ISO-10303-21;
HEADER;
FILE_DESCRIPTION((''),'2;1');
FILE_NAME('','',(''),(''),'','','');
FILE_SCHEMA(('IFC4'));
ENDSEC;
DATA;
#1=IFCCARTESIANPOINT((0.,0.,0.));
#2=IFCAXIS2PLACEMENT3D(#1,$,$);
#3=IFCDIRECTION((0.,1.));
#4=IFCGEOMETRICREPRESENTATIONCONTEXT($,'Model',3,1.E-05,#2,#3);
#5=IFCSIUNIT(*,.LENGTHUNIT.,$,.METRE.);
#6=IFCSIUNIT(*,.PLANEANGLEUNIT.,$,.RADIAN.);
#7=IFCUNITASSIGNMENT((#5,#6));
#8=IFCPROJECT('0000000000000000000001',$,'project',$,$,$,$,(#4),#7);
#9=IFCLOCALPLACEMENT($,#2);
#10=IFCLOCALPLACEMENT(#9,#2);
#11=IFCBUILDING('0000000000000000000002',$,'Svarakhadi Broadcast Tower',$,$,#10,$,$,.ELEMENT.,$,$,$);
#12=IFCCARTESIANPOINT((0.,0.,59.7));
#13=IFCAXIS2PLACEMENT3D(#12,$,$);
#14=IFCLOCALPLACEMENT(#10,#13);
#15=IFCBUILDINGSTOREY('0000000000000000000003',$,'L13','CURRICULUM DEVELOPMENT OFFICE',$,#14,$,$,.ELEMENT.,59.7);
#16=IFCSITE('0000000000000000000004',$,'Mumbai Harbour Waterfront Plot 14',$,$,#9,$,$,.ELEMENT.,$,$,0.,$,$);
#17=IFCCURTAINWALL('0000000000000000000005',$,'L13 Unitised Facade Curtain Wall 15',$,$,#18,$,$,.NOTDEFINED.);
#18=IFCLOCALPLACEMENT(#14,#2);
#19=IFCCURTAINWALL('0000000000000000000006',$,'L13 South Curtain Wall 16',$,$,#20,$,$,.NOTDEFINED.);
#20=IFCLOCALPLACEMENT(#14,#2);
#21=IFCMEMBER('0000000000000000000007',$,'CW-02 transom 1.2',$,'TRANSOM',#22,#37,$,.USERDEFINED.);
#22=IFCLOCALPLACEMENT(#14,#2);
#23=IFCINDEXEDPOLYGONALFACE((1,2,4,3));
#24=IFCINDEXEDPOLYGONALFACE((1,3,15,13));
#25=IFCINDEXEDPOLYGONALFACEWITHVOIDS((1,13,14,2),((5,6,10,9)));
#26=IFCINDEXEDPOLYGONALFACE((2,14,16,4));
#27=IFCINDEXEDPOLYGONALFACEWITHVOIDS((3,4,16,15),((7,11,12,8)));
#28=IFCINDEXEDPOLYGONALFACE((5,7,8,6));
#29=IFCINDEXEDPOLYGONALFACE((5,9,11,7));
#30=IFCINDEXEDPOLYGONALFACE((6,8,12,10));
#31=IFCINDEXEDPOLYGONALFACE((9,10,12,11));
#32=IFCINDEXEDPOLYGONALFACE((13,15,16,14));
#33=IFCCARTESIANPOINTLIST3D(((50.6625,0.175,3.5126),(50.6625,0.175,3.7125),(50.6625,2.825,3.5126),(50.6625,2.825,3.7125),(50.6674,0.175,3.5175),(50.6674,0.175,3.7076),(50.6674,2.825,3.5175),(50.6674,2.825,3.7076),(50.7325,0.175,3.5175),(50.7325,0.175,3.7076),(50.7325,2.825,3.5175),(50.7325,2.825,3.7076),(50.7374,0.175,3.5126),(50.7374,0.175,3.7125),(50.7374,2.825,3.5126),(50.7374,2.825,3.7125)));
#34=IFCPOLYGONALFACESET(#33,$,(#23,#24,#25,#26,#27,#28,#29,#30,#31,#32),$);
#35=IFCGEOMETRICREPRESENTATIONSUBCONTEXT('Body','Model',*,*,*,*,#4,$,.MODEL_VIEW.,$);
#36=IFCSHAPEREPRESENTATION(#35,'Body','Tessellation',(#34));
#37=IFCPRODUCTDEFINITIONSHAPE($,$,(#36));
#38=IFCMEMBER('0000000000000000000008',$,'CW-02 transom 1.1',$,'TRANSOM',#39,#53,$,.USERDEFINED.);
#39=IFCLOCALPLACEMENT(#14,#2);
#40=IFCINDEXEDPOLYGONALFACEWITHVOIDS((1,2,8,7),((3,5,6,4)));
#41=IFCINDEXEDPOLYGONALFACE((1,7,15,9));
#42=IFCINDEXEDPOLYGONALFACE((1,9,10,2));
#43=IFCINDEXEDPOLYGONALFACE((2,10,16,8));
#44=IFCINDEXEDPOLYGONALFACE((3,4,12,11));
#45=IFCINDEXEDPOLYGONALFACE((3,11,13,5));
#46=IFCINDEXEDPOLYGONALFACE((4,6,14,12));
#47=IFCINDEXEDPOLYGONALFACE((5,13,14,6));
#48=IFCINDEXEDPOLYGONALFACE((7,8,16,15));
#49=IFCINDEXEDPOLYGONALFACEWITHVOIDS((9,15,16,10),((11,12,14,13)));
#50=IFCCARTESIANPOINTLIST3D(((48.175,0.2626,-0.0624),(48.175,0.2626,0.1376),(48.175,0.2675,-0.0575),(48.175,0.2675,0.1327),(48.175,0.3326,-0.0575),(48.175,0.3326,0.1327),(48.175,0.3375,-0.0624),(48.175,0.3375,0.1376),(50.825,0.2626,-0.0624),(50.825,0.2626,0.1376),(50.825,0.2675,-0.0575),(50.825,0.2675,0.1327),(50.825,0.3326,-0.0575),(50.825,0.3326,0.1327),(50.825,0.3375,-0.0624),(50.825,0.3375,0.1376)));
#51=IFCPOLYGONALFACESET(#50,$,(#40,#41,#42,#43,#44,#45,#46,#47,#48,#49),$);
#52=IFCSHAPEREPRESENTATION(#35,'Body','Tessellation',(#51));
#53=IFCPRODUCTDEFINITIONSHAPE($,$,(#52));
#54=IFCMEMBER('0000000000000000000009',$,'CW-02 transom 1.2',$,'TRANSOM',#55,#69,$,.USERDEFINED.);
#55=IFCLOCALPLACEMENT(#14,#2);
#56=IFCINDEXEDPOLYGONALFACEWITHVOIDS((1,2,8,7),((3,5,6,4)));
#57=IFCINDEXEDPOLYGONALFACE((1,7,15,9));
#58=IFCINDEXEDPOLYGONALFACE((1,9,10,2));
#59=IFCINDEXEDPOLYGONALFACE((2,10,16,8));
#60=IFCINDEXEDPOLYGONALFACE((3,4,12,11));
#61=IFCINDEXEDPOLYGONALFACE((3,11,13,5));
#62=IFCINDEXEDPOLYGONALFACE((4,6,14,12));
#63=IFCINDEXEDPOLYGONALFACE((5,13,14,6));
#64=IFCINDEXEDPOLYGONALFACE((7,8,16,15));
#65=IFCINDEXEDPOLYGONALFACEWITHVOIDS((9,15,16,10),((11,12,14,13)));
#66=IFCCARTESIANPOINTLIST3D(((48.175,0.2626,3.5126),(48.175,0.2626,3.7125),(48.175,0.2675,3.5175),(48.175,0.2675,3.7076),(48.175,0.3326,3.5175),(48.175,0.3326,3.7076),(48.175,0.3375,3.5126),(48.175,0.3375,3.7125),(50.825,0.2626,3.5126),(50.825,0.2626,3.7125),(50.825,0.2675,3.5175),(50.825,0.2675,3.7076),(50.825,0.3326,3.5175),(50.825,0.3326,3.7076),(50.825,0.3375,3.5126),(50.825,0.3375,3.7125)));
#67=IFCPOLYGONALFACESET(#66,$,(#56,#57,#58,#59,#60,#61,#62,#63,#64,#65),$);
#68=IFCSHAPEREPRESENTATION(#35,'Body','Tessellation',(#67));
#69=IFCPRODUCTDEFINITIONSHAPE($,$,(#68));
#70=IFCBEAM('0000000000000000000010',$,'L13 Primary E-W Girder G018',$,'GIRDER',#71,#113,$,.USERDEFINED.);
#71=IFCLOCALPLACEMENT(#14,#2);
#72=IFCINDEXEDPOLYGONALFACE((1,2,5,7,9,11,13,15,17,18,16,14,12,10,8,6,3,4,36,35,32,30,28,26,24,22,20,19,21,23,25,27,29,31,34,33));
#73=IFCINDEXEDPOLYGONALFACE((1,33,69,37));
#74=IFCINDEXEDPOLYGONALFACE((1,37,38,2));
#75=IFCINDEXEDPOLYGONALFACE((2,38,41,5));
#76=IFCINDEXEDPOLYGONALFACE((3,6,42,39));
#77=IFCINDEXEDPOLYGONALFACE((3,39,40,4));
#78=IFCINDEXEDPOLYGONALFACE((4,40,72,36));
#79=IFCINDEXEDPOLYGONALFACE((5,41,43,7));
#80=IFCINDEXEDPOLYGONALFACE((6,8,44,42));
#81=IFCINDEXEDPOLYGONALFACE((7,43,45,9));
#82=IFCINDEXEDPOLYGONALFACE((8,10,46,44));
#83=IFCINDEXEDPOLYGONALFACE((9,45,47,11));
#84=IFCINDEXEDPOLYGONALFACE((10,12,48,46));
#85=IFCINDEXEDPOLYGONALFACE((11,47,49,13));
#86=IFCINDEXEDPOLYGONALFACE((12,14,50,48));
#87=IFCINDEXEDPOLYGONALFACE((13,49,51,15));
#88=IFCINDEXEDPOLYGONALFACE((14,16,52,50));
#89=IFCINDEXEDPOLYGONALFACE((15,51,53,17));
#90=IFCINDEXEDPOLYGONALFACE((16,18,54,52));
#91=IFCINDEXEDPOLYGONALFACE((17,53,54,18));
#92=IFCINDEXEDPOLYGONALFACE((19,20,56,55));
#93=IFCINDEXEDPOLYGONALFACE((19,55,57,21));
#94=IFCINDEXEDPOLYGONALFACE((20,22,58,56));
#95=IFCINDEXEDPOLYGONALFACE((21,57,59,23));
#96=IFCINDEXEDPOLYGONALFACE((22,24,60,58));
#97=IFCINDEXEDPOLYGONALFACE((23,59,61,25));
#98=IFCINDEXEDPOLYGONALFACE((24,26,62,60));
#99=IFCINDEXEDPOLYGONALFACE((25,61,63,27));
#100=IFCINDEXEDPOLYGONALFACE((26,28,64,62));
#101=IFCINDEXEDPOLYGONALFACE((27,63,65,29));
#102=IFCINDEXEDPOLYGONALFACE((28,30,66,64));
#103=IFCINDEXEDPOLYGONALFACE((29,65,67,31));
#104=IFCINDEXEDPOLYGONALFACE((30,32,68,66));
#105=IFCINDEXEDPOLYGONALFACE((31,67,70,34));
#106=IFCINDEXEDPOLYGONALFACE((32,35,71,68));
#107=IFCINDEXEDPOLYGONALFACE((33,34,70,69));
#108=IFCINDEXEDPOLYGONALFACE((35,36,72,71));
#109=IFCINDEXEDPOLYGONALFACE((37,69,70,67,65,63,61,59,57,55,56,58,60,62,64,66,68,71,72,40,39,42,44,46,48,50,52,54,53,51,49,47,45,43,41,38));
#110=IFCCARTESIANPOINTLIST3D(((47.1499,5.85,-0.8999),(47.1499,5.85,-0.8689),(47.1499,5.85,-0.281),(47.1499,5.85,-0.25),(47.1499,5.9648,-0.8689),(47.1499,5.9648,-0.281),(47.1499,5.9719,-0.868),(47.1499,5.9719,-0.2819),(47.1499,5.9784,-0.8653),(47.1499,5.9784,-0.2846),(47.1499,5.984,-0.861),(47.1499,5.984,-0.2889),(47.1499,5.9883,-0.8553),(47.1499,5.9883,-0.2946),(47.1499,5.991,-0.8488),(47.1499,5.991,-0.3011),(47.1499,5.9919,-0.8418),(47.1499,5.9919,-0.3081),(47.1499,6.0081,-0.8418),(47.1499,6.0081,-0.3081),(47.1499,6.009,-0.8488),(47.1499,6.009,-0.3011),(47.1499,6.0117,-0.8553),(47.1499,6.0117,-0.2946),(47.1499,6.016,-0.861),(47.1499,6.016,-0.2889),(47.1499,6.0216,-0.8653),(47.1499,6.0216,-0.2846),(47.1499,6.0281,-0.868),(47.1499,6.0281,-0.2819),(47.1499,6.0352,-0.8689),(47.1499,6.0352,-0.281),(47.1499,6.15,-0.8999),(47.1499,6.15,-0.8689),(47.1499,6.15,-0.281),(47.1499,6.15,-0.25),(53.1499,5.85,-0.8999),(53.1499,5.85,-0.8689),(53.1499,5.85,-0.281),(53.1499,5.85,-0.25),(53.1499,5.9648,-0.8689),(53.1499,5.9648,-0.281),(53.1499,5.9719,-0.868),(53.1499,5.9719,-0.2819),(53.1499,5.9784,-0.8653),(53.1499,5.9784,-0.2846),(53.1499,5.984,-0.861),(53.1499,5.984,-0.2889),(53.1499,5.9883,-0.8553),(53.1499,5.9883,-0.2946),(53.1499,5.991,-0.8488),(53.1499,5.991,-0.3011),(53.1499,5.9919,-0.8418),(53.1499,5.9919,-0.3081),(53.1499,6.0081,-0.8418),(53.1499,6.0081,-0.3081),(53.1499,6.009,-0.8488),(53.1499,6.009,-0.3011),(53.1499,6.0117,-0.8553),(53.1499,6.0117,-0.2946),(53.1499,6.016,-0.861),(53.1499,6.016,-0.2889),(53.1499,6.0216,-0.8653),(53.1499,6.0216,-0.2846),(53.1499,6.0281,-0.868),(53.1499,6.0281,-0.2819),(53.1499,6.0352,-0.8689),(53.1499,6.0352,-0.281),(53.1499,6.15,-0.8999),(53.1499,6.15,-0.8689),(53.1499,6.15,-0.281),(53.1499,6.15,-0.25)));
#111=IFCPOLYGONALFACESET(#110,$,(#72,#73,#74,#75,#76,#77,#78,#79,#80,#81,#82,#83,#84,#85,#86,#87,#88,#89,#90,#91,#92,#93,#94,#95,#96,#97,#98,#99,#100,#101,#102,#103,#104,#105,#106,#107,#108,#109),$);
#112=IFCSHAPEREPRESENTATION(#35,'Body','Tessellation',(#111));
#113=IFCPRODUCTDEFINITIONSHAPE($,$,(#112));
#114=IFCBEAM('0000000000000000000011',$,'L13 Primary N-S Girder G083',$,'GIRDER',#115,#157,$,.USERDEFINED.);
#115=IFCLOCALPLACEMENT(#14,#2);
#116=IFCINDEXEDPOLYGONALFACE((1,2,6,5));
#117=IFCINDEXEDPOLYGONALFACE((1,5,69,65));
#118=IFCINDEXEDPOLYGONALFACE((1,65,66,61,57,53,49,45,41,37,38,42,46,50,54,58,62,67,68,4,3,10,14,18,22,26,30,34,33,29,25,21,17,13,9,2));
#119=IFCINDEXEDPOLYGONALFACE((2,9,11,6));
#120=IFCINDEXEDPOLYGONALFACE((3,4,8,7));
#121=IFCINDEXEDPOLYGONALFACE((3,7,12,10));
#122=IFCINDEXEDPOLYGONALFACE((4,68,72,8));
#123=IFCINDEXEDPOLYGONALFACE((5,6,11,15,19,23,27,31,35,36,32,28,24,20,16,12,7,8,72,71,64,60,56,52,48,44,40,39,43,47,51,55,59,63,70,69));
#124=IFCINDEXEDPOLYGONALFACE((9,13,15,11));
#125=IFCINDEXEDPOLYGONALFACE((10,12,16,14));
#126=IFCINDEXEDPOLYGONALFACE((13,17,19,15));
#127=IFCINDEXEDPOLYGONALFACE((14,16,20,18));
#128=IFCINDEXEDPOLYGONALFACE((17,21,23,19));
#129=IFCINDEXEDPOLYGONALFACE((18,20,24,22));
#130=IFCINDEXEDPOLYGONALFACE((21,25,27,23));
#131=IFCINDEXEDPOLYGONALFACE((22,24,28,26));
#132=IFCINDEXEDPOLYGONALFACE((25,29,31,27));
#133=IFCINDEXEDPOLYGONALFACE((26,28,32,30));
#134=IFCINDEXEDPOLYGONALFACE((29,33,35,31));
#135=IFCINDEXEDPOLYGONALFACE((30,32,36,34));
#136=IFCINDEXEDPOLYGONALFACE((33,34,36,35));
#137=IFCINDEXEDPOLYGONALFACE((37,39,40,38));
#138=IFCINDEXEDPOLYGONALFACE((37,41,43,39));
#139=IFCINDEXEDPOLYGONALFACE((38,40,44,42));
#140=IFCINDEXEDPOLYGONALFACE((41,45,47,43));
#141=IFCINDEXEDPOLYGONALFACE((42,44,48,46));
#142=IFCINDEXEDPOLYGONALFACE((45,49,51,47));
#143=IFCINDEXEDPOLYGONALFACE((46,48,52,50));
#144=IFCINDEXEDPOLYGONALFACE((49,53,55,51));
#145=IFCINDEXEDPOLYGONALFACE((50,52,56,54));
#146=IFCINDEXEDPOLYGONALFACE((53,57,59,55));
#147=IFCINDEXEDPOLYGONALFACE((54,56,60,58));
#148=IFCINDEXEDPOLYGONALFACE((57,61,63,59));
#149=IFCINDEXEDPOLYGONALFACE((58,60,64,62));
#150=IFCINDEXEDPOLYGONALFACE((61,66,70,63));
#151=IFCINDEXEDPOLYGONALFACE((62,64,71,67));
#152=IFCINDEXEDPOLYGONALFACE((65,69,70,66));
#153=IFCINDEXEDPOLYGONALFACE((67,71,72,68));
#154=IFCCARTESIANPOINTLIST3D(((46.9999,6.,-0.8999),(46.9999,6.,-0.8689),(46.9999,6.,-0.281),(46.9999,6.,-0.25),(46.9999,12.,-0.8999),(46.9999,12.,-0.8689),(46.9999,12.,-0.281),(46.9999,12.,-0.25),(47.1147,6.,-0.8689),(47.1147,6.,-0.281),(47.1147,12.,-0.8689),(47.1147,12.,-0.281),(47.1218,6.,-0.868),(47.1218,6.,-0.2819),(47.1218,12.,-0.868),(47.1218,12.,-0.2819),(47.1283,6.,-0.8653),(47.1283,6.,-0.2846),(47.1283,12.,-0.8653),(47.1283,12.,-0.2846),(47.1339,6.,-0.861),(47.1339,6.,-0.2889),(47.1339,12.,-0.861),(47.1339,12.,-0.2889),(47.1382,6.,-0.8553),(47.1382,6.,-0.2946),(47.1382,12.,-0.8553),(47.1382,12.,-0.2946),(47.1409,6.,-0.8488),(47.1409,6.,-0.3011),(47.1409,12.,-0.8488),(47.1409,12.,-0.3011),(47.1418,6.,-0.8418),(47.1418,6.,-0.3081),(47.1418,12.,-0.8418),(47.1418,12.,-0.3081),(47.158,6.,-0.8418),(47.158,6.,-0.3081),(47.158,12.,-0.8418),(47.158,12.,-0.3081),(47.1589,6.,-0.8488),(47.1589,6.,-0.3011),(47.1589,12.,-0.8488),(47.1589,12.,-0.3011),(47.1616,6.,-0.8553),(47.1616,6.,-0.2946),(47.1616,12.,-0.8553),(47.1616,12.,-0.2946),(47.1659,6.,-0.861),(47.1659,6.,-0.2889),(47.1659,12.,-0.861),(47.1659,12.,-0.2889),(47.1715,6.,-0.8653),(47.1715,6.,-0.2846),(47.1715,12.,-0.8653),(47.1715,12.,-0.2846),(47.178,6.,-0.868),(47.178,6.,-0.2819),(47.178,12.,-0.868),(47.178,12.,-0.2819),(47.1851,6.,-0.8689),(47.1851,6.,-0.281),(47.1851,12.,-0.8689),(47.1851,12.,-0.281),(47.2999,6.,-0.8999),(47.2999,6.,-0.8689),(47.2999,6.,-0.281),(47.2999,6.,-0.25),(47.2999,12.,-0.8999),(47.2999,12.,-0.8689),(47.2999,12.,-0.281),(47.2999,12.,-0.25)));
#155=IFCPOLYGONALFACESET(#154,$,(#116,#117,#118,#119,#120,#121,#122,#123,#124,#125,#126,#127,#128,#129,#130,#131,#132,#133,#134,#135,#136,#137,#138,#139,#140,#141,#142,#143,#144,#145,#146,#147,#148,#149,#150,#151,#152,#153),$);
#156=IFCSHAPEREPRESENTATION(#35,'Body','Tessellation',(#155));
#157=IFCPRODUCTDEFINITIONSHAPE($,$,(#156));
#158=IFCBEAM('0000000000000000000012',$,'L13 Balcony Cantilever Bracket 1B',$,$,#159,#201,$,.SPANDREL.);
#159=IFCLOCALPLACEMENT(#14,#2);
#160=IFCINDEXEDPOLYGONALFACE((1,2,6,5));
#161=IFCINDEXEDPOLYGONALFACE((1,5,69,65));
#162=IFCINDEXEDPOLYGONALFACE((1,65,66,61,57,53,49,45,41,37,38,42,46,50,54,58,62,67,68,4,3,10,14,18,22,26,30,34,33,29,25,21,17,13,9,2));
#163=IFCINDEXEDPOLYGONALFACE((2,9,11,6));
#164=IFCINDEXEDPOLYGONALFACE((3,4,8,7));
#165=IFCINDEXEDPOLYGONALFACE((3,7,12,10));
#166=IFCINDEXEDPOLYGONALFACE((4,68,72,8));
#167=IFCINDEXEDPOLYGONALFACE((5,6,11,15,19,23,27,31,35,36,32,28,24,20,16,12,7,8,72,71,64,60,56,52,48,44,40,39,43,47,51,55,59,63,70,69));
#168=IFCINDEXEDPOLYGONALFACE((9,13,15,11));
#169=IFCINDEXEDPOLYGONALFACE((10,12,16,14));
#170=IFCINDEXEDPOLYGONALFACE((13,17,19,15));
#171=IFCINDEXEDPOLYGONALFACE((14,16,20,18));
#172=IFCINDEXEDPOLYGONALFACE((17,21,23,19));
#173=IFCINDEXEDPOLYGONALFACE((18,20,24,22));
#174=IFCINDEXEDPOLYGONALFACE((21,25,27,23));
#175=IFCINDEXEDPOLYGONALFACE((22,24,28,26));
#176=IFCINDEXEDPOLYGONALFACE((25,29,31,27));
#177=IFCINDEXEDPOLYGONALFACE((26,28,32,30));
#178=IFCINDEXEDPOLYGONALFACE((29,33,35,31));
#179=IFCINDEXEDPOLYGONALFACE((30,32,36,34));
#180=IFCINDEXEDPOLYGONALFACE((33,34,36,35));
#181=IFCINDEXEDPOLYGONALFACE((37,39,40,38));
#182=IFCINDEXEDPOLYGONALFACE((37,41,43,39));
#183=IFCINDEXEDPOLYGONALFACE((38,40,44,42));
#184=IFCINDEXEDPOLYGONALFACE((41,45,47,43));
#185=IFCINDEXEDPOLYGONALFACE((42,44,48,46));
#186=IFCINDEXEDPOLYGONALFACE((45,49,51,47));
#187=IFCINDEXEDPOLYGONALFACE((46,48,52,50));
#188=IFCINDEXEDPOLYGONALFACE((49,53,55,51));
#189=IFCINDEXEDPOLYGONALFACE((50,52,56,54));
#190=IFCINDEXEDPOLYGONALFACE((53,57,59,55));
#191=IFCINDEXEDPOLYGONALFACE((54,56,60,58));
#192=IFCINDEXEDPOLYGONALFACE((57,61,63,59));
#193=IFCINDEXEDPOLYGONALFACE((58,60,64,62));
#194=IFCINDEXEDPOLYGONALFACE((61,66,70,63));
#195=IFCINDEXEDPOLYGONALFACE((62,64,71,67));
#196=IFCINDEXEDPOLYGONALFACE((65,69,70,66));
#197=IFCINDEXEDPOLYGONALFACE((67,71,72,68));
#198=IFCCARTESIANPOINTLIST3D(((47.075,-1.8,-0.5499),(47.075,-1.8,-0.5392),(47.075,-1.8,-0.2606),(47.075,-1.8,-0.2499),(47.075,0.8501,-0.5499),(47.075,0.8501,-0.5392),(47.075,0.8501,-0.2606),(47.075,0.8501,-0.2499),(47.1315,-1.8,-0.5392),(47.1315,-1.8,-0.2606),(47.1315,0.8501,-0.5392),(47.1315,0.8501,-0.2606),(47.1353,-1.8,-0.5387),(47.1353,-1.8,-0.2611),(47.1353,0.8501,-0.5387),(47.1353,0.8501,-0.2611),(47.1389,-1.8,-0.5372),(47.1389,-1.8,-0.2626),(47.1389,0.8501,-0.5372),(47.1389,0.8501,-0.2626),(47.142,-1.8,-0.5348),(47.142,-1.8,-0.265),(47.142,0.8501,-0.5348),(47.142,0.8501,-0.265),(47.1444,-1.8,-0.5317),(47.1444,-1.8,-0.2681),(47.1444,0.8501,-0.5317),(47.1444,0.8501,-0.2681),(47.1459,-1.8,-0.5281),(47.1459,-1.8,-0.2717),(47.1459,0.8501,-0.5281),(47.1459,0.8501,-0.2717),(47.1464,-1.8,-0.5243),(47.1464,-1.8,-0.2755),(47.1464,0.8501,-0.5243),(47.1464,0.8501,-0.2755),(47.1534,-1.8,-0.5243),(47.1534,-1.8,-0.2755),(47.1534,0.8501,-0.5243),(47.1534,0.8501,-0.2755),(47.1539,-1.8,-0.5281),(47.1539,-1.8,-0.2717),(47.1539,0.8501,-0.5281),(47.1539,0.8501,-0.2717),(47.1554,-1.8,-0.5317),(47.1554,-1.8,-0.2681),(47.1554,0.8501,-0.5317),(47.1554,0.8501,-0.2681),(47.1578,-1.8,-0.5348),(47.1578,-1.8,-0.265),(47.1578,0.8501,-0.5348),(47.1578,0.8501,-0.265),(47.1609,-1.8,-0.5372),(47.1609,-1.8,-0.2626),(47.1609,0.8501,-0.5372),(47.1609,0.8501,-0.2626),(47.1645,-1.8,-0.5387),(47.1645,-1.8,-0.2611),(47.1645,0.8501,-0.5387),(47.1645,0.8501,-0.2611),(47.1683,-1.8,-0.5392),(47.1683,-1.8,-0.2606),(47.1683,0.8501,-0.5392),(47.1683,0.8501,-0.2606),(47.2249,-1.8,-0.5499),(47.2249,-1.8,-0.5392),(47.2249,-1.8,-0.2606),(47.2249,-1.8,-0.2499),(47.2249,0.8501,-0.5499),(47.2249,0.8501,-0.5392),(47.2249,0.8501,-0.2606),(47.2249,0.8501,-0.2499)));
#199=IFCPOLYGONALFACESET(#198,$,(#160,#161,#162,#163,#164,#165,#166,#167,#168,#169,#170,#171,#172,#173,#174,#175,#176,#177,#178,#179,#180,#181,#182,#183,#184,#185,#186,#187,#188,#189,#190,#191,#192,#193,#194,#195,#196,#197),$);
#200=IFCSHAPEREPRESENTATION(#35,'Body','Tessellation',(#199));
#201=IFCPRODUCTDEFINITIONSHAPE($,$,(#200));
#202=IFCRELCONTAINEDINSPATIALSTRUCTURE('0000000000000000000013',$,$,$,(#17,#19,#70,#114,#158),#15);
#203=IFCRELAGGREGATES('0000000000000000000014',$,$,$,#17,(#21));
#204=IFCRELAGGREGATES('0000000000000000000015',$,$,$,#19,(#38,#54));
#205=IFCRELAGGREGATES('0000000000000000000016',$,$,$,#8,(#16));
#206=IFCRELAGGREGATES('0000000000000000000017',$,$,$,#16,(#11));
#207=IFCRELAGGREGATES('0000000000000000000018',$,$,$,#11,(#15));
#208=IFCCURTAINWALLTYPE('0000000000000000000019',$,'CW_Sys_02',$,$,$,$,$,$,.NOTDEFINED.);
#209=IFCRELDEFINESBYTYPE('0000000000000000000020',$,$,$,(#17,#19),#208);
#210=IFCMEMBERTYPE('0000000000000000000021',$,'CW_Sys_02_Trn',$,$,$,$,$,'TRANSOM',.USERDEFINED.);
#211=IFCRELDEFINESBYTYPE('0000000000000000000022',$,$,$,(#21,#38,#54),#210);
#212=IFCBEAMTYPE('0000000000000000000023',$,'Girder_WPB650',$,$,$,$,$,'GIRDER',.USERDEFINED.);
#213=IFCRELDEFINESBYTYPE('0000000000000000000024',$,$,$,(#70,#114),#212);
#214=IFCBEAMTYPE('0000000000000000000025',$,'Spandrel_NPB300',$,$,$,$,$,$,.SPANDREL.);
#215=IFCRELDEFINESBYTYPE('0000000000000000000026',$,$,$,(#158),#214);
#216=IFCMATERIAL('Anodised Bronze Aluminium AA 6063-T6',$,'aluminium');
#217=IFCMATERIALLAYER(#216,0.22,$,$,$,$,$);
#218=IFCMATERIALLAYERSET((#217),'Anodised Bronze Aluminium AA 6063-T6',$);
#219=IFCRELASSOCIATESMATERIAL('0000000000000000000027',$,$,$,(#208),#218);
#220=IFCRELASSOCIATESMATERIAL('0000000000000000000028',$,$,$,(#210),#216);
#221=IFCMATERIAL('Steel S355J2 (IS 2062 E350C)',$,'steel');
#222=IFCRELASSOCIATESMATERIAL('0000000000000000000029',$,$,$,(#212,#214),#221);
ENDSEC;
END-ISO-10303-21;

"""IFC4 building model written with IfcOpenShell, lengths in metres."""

from ifc_helpers import new_model, si_unit, direction, frame, origin, origin_2d, place, context, subcontext, project, spatial, hollow_rectangle, i_section, extrude, material, layer, layer_set, material_profile, profile_set, type_object, element, aggregate, save


model = new_model("IFC4")

# Units and contexts
model_context = context("Model", 3, precision=1e-05, world=origin(), true_north=direction((0.0, 1.0)))
body_context = subcontext(model_context, "Body", "Model", "MODEL_VIEW")
ifc_project = project(units=[si_unit("LENGTHUNIT", "METRE"), si_unit("PLANEANGLEUNIT", "RADIAN")], contexts=[model_context])

# Site, building, storey
site_placement = place(None, origin())
site = spatial("IfcSite", under=ifc_project, at=site_placement, Name="Mumbai Harbour Waterfront Plot 14", CompositionType="ELEMENT", RefElevation=0.0)
building_placement = place(site_placement, origin())
building = spatial("IfcBuilding", under=site, at=building_placement, Name="Svarakhadi Broadcast Tower", CompositionType="ELEMENT")
storey_placement = place(building_placement, frame((0.0, 0.0, 59.7)))
storey = spatial("IfcBuildingStorey", under=building, at=storey_placement, Name="L13", Description="CURRICULUM DEVELOPMENT OFFICE", CompositionType="ELEMENT", Elevation=59.7)

# Curtain walls
ifc_material_1 = material(Name="Anodised Bronze Aluminium AA 6063-T6", Category="aluminium")
ifc_layer_1 = layer(ifc_material_1, 0.22)
ifc_layer_set_1 = layer_set([ifc_layer_1], Name="Anodised Bronze Aluminium AA 6063-T6")
curtain_wall_type = type_object("IfcCurtainWallType", Name="CW_Sys_02", PredefinedType="NOTDEFINED", material=ifc_layer_set_1)
curtain_wall_1_placement = place(storey_placement, origin())
curtain_wall_1 = element("IfcCurtainWall", 1, at=curtain_wall_1_placement, inside=storey, type_object=curtain_wall_type, Name="L13 Unitised Facade Curtain Wall 15", PredefinedType="NOTDEFINED")
curtain_wall_2_placement = place(storey_placement, origin())
curtain_wall_2 = element("IfcCurtainWall", 2, at=curtain_wall_2_placement, inside=storey, type_object=curtain_wall_type, Name="L13 South Curtain Wall 16", PredefinedType="NOTDEFINED")

# Members
ifc_material_profile_1 = material_profile(ifc_material_1, hollow_rectangle(XDim=0.075, YDim=0.2, WallThickness=0.0049, at=origin_2d()), Name="ALU TRANSOM 200x75x5")
ifc_profile_set_1 = profile_set([ifc_material_profile_1], Name="Anodised Bronze Aluminium AA 6063-T6")
member_type_1 = type_object("IfcMemberType", Name="CW_Sys_02_Trn", ElementType="TRANSOM", PredefinedType="USERDEFINED", material=ifc_profile_set_1)
member_1_placement = place(storey_placement, frame((50.7, 2.825, 3.6125), z_axis=(0.0, -1.0, 0.0), x_axis=(1.0, 0.0, 0.0)))
member_1 = element("IfcMember", 3, at=member_1_placement, type_object=member_type_1, Name="CW-02 transom 1.2", ObjectType="TRANSOM", PredefinedType="USERDEFINED", context=body_context, shape_type="SweptSolid", body=[
    extrude(hollow_rectangle(XDim=0.075, YDim=0.2, WallThickness=0.0049, at=origin_2d()), origin(), (0.0, 0.0, 1.0), 2.6499),
])
member_2_placement = place(storey_placement, frame((50.825, 0.3, 0.0376), z_axis=(-1.0, 0.0, 0.0), x_axis=(0.0, -1.0, 0.0)))
member_2 = element("IfcMember", 4, at=member_2_placement, type_object=member_type_1, Name="CW-02 transom 1.1", ObjectType="TRANSOM", PredefinedType="USERDEFINED", context=body_context, shape_type="SweptSolid", body=[
    extrude(hollow_rectangle(XDim=0.075, YDim=0.2, WallThickness=0.0049, at=origin_2d()), origin(), (0.0, 0.0, 1.0), 2.6499),
])
member_3_placement = place(storey_placement, frame((50.825, 0.3, 3.6125), z_axis=(-1.0, 0.0, 0.0), x_axis=(0.0, -1.0, 0.0)))
member_3 = element("IfcMember", 5, at=member_3_placement, type_object=member_type_1, Name="CW-02 transom 1.2", ObjectType="TRANSOM", PredefinedType="USERDEFINED", context=body_context, shape_type="SweptSolid", body=[
    extrude(hollow_rectangle(XDim=0.075, YDim=0.2, WallThickness=0.0049, at=origin_2d()), origin(), (0.0, 0.0, 1.0), 2.6499),
])

# Beams
ifc_material_2 = material(Name="Steel S355J2 (IS 2062 E350C)", Category="steel")
ifc_material_profile_2 = material_profile(ifc_material_2, i_section(OverallWidth=0.3, OverallDepth=0.6499, WebThickness=0.0161, FlangeThickness=0.031, FilletRadius=0.0271, at=origin_2d()), Name="WPB 650x300x225")
ifc_profile_set_2 = profile_set([ifc_material_profile_2], Name="Steel S355J2 (IS 2062 E350C)")
beam_type_1 = type_object("IfcBeamType", Name="Girder_WPB650", ElementType="GIRDER", PredefinedType="USERDEFINED", material=ifc_profile_set_2)
for number, where, z_axis, x_axis, name in (
    (6, (47.1499, 6.0, -0.575), (1.0, 0.0, 0.0), (0.0, 1.0, 0.0), "L13 Primary E-W Girder G018"),
    (7, (47.1499, 6.0, -0.575), (0.0, 1.0, 0.0), (-1.0, 0.0, 0.0), "L13 Primary N-S Girder G083"),
):
    element("IfcBeam", number, at=place(storey_placement, frame(where, z_axis=z_axis, x_axis=x_axis)), inside=storey, type_object=beam_type_1, Name=name, ObjectType="GIRDER", PredefinedType="USERDEFINED", context=body_context, shape_type="SweptSolid", body=[
        extrude(i_section(OverallWidth=0.3, OverallDepth=0.6499, WebThickness=0.0161, FlangeThickness=0.031, FilletRadius=0.0271, at=origin_2d()), origin(), (0.0, 0.0, 1.0), 6.0),
    ])
ifc_material_profile_3 = material_profile(ifc_material_2, i_section(OverallWidth=0.1499, OverallDepth=0.3, WebThickness=0.0071, FlangeThickness=0.0107, FilletRadius=0.0149, at=origin_2d()), Name="NPB 300x150x37")
ifc_profile_set_3 = profile_set([ifc_material_profile_3], Name="Steel S355J2 (IS 2062 E350C)")
beam_type_2 = type_object("IfcBeamType", Name="Spandrel_NPB300", PredefinedType="SPANDREL", material=ifc_profile_set_3)
beam_placement = place(storey_placement, frame((47.1499, 0.8501, -0.3999), z_axis=(0.0, -1.0, 0.0), x_axis=(1.0, 0.0, 0.0)))
element("IfcBeam", 8, at=beam_placement, inside=storey, type_object=beam_type_2, Name="L13 Balcony Cantilever Bracket 1B", PredefinedType="SPANDREL", context=body_context, shape_type="SweptSolid", body=[
    extrude(i_section(OverallWidth=0.1499, OverallDepth=0.3, WebThickness=0.0071, FlangeThickness=0.0107, FilletRadius=0.0149, at=origin_2d()), origin(), (0.0, 0.0, 1.0), 2.6501),
])

aggregate(curtain_wall_1, [member_1])
aggregate(curtain_wall_2, [member_2, member_3])

save(model, "model.ifc")
